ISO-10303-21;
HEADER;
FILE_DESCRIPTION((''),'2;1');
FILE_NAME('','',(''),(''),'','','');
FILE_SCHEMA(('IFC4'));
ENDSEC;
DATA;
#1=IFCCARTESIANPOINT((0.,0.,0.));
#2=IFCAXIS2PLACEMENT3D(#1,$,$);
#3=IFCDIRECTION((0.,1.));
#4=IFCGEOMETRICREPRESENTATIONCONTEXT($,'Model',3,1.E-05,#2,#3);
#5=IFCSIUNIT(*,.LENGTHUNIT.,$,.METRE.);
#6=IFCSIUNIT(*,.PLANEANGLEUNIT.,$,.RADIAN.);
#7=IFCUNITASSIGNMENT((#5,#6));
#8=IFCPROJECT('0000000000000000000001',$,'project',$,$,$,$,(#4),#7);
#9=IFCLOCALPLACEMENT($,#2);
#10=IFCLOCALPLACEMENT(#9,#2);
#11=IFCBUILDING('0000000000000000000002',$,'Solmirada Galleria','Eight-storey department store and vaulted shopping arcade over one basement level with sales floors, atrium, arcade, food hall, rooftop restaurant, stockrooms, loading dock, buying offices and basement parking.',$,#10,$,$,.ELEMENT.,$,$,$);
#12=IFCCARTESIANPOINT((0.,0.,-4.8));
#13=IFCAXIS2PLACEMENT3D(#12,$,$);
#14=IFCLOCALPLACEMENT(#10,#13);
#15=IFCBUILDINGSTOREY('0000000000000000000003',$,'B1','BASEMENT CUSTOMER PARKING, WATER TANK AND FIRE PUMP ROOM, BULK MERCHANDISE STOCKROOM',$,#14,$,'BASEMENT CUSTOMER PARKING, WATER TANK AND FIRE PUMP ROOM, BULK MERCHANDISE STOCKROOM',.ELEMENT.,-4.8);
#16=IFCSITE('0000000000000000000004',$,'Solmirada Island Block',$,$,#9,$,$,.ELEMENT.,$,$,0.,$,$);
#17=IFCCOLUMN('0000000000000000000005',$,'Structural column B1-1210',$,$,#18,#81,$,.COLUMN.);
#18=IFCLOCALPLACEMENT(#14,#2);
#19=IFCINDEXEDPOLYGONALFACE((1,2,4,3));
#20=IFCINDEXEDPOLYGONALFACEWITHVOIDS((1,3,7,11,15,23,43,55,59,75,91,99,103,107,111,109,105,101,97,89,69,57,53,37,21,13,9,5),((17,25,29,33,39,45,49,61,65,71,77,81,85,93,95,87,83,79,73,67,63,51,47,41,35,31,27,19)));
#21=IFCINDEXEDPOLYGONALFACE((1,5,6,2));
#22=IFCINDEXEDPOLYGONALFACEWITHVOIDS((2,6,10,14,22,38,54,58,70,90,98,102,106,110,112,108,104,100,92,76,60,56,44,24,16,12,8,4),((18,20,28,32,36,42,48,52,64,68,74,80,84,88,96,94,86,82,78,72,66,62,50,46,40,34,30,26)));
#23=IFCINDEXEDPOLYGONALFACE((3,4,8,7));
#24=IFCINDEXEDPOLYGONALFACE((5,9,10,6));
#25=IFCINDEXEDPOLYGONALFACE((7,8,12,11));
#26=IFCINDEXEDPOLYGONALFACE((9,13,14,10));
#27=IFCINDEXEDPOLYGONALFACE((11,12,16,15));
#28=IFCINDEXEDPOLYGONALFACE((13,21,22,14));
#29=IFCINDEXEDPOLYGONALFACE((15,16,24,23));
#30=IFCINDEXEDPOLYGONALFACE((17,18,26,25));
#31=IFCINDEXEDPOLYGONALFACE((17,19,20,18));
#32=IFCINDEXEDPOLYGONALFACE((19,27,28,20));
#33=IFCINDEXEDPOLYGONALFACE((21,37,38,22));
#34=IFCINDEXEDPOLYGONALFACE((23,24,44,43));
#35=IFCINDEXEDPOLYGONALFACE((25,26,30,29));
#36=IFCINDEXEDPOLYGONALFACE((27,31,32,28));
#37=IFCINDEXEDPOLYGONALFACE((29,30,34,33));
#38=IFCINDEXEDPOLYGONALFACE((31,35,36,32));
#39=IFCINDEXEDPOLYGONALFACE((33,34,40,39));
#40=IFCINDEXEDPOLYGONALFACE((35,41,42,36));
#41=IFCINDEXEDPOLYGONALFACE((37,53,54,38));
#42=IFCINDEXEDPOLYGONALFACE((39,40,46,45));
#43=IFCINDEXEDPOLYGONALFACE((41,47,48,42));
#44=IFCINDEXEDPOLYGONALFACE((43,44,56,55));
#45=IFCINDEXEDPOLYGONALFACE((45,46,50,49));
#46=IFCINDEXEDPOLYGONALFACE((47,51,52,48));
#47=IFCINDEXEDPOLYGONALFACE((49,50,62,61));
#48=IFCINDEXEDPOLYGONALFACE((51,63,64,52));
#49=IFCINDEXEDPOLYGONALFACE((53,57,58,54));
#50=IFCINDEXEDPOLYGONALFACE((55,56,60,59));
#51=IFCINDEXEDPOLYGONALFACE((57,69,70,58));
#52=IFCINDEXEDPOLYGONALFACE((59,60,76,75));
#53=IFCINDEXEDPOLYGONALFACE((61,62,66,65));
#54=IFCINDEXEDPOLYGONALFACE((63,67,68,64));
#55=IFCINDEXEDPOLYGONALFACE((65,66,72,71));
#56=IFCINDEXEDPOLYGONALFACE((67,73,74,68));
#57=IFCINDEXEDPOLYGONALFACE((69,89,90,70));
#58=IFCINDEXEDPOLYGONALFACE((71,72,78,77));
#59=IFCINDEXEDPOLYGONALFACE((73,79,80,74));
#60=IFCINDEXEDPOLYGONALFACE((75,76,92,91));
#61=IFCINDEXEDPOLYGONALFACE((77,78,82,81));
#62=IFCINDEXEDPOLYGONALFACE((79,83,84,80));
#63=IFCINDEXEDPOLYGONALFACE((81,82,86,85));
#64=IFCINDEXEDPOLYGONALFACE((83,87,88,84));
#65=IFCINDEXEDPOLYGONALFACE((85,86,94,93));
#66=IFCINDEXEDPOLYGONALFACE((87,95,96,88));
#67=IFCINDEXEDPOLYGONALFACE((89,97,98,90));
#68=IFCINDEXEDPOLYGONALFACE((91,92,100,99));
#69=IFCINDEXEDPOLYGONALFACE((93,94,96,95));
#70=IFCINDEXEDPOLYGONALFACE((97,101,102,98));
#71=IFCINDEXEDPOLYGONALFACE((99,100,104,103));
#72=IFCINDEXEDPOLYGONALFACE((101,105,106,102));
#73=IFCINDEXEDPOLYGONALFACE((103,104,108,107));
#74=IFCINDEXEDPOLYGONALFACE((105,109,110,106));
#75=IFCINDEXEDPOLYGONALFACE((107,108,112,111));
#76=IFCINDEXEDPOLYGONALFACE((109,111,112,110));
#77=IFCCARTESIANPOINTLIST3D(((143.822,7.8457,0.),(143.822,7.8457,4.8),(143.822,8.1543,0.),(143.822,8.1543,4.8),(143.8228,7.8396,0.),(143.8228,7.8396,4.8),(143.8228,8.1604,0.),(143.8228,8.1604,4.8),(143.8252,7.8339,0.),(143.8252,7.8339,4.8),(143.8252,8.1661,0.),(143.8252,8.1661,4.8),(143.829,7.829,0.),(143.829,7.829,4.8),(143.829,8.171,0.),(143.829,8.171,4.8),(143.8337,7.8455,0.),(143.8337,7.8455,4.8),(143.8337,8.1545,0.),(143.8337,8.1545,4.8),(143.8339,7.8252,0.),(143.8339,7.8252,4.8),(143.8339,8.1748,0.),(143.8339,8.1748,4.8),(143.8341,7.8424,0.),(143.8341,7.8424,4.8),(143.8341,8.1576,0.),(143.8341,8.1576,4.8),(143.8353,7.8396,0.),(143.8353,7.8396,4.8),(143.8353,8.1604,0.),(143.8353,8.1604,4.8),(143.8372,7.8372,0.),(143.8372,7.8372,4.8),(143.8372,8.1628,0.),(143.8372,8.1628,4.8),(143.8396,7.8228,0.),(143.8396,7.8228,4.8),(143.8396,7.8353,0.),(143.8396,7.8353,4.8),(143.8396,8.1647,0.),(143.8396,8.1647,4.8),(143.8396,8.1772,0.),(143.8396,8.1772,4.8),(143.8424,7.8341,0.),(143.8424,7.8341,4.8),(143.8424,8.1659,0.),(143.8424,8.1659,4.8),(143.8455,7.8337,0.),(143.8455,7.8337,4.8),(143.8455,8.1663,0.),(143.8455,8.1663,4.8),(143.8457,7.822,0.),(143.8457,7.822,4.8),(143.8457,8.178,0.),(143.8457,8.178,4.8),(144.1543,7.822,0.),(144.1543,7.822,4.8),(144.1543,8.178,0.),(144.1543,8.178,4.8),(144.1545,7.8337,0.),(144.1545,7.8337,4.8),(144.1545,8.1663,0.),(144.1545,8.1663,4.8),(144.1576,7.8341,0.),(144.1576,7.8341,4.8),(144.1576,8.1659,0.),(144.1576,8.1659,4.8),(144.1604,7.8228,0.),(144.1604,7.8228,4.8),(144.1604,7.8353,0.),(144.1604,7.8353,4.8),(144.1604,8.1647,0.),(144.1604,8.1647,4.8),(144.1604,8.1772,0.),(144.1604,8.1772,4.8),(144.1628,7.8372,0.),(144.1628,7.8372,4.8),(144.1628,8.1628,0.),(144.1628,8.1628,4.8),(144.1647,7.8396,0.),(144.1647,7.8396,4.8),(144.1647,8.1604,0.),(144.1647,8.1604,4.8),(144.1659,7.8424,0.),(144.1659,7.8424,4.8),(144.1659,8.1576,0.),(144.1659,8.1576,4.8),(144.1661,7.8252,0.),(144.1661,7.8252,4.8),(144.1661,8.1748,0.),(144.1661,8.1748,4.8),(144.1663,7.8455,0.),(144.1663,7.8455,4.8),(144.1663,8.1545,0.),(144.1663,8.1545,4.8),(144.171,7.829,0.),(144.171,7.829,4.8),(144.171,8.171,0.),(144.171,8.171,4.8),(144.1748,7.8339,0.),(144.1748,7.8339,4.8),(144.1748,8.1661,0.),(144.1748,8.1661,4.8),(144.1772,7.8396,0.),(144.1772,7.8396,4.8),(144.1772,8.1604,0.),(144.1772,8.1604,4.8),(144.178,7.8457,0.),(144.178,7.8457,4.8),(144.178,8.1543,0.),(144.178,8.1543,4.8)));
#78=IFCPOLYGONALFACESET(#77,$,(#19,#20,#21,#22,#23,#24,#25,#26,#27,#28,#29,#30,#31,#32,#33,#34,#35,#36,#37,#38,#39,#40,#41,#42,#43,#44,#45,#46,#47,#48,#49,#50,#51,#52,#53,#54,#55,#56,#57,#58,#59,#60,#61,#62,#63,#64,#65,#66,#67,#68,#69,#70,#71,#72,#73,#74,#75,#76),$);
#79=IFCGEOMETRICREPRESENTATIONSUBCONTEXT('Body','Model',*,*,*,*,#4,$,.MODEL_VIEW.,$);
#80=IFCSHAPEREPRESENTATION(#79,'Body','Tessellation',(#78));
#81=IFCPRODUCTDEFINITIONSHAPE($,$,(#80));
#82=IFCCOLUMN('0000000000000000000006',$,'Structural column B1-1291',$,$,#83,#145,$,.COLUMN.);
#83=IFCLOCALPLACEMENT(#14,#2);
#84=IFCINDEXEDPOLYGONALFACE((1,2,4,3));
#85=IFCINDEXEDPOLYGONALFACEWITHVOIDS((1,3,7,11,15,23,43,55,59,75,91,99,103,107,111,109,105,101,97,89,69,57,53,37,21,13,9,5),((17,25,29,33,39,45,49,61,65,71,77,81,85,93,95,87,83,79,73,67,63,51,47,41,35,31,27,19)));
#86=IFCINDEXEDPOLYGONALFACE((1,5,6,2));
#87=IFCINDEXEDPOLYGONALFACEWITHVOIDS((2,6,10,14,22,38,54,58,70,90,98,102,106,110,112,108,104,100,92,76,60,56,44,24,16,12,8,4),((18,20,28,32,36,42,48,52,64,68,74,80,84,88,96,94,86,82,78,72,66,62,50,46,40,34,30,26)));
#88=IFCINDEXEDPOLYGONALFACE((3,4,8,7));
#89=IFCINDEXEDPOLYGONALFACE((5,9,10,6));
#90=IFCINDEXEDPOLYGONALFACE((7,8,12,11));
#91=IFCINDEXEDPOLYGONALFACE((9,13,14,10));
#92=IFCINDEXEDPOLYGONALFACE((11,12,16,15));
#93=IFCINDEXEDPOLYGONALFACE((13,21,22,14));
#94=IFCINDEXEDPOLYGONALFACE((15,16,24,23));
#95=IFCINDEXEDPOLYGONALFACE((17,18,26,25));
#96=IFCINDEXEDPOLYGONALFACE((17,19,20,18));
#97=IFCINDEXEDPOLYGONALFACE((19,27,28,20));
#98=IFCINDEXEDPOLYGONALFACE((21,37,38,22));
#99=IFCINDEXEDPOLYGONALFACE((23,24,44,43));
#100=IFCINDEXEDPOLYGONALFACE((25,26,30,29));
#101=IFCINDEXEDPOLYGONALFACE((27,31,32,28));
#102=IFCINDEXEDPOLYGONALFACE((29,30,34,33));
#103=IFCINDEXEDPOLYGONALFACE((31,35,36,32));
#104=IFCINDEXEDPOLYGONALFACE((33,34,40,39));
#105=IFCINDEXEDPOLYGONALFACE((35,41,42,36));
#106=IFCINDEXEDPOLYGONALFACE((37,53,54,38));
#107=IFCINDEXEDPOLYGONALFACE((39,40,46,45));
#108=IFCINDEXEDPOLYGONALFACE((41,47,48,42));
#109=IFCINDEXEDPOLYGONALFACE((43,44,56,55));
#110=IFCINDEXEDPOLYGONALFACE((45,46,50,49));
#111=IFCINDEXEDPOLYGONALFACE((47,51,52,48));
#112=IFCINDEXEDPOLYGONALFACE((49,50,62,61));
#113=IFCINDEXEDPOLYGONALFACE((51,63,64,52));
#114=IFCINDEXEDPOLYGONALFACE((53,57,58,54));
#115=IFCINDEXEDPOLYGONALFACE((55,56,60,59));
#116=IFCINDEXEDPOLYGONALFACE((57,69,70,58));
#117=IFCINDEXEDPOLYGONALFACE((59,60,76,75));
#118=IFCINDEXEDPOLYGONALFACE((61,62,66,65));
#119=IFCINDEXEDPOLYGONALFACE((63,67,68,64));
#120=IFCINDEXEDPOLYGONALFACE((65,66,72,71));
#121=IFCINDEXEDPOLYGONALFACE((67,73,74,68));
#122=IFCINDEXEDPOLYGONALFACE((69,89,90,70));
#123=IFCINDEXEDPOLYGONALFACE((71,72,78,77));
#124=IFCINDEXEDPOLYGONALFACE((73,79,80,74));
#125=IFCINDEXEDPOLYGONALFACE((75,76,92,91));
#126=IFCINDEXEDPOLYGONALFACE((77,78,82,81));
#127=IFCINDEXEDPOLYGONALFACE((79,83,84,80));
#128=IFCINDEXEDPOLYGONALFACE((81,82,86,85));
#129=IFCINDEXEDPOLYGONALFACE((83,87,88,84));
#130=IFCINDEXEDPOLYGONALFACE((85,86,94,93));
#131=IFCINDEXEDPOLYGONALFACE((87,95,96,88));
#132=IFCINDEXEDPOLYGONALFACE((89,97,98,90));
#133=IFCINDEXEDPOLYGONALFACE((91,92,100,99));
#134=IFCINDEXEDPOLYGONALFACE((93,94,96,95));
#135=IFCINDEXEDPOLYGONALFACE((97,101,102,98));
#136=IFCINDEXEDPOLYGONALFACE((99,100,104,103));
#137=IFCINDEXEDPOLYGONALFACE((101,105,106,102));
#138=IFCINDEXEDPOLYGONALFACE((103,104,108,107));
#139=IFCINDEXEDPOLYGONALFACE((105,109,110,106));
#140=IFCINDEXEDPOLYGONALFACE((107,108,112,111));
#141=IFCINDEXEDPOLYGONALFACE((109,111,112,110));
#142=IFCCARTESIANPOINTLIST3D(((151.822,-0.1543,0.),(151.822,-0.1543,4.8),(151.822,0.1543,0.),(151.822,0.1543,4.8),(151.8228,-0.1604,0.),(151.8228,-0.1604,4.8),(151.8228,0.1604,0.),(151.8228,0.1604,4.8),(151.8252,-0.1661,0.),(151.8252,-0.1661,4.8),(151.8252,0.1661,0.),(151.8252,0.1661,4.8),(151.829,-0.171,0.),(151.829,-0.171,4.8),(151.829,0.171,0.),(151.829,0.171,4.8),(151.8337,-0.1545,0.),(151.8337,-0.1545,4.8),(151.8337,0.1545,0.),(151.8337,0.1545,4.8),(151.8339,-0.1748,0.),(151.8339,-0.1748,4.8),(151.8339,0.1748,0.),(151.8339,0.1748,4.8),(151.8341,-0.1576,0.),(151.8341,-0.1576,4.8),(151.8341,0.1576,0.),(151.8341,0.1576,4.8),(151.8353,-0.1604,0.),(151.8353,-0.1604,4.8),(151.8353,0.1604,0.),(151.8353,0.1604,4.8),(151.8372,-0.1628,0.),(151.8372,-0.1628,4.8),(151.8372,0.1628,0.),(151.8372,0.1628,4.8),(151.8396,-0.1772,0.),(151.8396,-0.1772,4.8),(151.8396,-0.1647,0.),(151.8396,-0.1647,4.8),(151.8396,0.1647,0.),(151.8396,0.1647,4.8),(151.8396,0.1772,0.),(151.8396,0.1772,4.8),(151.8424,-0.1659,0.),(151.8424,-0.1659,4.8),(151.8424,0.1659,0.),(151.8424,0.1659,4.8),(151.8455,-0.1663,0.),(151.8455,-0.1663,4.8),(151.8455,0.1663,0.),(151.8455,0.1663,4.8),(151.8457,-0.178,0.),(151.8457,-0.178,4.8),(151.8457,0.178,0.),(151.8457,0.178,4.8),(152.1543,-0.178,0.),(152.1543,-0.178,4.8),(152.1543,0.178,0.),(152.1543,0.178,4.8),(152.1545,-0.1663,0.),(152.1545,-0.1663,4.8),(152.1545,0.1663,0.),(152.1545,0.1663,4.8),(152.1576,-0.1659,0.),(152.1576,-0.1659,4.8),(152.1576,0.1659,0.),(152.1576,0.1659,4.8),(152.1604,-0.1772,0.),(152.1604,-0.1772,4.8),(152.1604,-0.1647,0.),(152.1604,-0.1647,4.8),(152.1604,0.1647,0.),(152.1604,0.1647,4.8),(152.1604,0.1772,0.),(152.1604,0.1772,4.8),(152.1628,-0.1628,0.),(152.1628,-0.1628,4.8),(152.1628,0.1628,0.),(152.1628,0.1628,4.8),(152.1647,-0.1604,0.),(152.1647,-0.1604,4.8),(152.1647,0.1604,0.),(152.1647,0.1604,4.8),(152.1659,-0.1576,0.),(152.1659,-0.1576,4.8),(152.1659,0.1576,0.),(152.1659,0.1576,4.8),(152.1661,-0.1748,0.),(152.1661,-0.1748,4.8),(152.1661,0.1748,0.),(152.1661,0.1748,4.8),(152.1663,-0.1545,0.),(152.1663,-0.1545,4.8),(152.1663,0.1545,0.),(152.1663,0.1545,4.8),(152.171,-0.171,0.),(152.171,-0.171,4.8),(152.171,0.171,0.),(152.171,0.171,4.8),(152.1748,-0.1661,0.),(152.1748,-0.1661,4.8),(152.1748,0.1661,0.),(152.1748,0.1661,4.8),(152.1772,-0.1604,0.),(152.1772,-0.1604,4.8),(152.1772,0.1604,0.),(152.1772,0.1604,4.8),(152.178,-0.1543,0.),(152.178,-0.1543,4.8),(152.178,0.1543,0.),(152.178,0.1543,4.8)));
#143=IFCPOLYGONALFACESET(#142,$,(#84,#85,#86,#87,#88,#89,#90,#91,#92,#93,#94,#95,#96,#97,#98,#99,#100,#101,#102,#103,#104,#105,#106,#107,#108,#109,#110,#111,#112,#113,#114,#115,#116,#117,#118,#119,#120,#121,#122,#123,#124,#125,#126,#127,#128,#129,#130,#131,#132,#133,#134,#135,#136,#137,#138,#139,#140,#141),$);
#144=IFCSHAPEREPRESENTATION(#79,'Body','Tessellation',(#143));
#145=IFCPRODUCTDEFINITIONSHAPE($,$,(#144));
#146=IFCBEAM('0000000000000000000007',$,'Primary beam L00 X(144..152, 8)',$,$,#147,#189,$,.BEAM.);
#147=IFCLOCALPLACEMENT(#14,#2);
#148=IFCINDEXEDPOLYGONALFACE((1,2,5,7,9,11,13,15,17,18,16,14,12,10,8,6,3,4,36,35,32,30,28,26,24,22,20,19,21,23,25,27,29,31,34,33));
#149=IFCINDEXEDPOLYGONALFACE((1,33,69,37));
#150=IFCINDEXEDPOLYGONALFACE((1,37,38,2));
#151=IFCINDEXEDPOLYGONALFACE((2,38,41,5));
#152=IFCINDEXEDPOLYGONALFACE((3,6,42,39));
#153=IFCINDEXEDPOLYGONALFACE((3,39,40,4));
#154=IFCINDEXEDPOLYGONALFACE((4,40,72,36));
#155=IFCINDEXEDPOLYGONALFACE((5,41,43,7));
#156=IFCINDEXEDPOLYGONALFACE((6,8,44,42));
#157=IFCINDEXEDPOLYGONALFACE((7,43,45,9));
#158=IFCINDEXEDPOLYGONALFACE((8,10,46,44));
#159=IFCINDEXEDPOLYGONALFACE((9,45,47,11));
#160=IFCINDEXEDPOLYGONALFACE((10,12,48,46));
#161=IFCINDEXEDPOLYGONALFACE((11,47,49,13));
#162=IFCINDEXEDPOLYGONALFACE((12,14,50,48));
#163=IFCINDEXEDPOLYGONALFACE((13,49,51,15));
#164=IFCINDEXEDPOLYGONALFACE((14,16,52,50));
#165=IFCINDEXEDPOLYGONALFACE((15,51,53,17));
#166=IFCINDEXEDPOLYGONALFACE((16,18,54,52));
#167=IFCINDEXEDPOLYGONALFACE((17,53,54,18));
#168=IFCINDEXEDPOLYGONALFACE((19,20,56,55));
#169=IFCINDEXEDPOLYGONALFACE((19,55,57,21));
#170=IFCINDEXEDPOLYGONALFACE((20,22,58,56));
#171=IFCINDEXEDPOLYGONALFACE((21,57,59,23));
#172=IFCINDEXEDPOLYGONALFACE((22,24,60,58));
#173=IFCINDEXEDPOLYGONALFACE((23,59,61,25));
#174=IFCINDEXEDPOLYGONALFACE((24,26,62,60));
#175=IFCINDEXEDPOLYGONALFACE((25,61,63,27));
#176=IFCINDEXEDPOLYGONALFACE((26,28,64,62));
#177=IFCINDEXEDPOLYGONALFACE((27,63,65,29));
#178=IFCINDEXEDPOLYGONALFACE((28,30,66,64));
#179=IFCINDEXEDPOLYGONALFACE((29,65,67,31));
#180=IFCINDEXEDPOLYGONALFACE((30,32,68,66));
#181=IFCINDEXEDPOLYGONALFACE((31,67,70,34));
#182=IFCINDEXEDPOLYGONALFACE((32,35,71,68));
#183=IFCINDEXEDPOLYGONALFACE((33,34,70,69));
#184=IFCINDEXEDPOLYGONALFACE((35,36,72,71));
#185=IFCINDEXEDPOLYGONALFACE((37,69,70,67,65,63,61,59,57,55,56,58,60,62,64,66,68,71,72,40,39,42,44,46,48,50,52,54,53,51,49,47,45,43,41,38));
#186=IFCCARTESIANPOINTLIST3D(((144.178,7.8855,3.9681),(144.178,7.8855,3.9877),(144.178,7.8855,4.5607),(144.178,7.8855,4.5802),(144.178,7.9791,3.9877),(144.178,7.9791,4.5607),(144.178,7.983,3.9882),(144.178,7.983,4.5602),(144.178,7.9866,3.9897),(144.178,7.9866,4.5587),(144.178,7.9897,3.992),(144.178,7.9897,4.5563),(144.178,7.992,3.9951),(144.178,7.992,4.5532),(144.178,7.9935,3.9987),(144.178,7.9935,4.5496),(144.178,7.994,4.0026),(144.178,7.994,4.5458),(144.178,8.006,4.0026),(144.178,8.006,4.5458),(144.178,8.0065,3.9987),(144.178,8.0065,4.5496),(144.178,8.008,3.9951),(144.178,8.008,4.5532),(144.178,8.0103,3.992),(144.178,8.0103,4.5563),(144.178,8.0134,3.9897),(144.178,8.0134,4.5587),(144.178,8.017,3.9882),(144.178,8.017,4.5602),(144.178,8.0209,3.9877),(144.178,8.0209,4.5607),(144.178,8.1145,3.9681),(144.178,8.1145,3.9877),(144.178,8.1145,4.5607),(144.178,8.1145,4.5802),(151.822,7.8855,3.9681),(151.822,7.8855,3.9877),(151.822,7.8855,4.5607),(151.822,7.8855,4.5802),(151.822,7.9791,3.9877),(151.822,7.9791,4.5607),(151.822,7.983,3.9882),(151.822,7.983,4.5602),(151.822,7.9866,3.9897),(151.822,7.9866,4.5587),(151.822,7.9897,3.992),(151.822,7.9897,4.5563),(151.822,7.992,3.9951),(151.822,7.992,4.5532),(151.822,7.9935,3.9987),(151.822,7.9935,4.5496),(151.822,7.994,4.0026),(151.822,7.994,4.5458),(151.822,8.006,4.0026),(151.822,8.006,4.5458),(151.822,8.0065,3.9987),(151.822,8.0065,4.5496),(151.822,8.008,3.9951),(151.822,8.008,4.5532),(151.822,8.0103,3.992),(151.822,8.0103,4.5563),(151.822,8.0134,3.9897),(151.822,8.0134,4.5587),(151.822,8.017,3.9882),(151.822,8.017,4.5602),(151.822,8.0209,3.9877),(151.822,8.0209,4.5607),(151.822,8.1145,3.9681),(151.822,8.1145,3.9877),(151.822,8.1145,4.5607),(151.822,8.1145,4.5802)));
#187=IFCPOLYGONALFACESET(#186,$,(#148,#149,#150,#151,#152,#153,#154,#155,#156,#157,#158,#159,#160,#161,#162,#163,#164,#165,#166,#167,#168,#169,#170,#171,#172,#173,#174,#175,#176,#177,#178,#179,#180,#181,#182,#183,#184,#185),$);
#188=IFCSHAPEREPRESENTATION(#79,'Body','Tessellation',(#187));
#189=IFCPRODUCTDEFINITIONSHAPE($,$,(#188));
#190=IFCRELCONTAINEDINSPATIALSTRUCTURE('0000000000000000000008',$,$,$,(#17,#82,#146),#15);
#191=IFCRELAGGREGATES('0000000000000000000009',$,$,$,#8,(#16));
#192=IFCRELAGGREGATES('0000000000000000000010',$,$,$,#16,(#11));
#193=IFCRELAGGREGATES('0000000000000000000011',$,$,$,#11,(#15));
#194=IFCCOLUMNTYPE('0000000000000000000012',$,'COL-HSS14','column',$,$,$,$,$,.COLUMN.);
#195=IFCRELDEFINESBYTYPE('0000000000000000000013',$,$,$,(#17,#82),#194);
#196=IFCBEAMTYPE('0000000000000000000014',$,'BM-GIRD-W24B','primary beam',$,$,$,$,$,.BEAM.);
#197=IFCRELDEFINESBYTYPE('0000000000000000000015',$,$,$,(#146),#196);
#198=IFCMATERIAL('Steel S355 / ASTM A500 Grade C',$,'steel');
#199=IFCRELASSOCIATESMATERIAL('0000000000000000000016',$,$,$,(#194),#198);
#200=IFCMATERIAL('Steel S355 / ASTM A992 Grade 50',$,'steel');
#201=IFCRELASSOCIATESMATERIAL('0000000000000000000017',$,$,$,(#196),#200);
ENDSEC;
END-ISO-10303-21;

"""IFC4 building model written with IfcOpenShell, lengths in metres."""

from ifc_helpers import new_model, si_unit, direction, frame, origin, origin_2d, place, context, subcontext, project, spatial, hollow_rectangle, i_section, extrude, material, material_profile, profile_set, type_object, element, save


model = new_model("IFC4")

# Units and contexts
model_context = context("Model", 3, precision=1e-05, world=origin(), true_north=direction((0.0, 1.0)))
body_context = subcontext(model_context, "Body", "Model", "MODEL_VIEW")
ifc_project = project(units=[si_unit("LENGTHUNIT", "METRE"), si_unit("PLANEANGLEUNIT", "RADIAN")], contexts=[model_context])

# Site, building, storey
site_placement = place(None, origin())
site = spatial("IfcSite", under=ifc_project, at=site_placement, Name="Solmirada Island Block", CompositionType="ELEMENT", RefElevation=0.0)
building_placement = place(site_placement, origin())
building = spatial("IfcBuilding", under=site, at=building_placement, Name="Solmirada Galleria", Description="Eight-storey department store and vaulted shopping arcade over one basement level with sales floors, atrium, arcade, food hall, rooftop restaurant, stockrooms, loading dock, buying offices and basement parking.", CompositionType="ELEMENT")
storey_placement = place(building_placement, frame((0.0, 0.0, -4.8)))
storey = spatial("IfcBuildingStorey", under=building, at=storey_placement, Name="B1", Description="BASEMENT CUSTOMER PARKING, WATER TANK AND FIRE PUMP ROOM, BULK MERCHANDISE STOCKROOM", LongName="BASEMENT CUSTOMER PARKING, WATER TANK AND FIRE PUMP ROOM, BULK MERCHANDISE STOCKROOM", CompositionType="ELEMENT", Elevation=-4.8)

# Columns
ifc_material_1 = material(Name="Steel S355 / ASTM A500 Grade C", Category="steel")
ifc_material_profile_1 = material_profile(ifc_material_1, hollow_rectangle(XDim=0.356, YDim=0.356, WallThickness=0.0117, InnerFilletRadius=0.0117, OuterFilletRadius=0.0237, at=origin_2d()), Name="HSS14X14X1/2")
ifc_profile_set_1 = profile_set([ifc_material_profile_1], Name="Steel S355 / ASTM A500 Grade C")
column_type = type_object("IfcColumnType", Name="COL-HSS14", Description="column", PredefinedType="COLUMN", material=ifc_profile_set_1)
for number, where, z_axis, x_axis, name in (
    (1, (144.0, 8.0, 0.0), (0.0, 0.0, 1.0), (1.0, 0.0, 0.0), "Structural column B1-1210"),
    (2, (152.0, 0.0, 0.0), (0.0, 0.0, 1.0), (1.0, 0.0, 0.0), "Structural column B1-1291"),
):
    element("IfcColumn", number, at=place(storey_placement, frame(where, z_axis=z_axis, x_axis=x_axis)), inside=storey, type_object=column_type, Name=name, PredefinedType="COLUMN", context=body_context, shape_type="SweptSolid", body=[
        extrude(hollow_rectangle(XDim=0.356, YDim=0.356, WallThickness=0.0117, InnerFilletRadius=0.0117, OuterFilletRadius=0.0237, at=origin_2d()), origin(), (0.0, 0.0, 1.0), 4.8),
    ])

# Beam
ifc_material_2 = material(Name="Steel S355 / ASTM A992 Grade 50", Category="steel")
ifc_material_profile_2 = material_profile(ifc_material_2, i_section(OverallWidth=0.229, OverallDepth=0.6121, WebThickness=0.012, FlangeThickness=0.0195, FilletRadius=0.0149, at=origin_2d()), Name="W24X84")
ifc_profile_set_2 = profile_set([ifc_material_profile_2], Name="Steel S355 / ASTM A992 Grade 50")
beam_type_1 = type_object("IfcBeamType", Name="BM-GIRD-W24B", Description="primary beam", PredefinedType="BEAM", material=ifc_profile_set_2)
beam_1_placement = place(storey_placement, frame((144.178, 8.0, 4.2742), z_axis=(1.0, 0.0, 0.0), x_axis=(0.0, 1.0, 0.0)))
element("IfcBeam", 3, at=beam_1_placement, inside=storey, type_object=beam_type_1, Name="Primary beam L00 X(144..152, 8)", PredefinedType="BEAM", context=body_context, shape_type="SweptSolid", body=[
    extrude(i_section(OverallWidth=0.229, OverallDepth=0.6121, WebThickness=0.012, FlangeThickness=0.0195, FilletRadius=0.0149, at=origin_2d()), origin(), (0.0, 0.0, 1.0), 7.644),
])

save(model, "model.ifc")
